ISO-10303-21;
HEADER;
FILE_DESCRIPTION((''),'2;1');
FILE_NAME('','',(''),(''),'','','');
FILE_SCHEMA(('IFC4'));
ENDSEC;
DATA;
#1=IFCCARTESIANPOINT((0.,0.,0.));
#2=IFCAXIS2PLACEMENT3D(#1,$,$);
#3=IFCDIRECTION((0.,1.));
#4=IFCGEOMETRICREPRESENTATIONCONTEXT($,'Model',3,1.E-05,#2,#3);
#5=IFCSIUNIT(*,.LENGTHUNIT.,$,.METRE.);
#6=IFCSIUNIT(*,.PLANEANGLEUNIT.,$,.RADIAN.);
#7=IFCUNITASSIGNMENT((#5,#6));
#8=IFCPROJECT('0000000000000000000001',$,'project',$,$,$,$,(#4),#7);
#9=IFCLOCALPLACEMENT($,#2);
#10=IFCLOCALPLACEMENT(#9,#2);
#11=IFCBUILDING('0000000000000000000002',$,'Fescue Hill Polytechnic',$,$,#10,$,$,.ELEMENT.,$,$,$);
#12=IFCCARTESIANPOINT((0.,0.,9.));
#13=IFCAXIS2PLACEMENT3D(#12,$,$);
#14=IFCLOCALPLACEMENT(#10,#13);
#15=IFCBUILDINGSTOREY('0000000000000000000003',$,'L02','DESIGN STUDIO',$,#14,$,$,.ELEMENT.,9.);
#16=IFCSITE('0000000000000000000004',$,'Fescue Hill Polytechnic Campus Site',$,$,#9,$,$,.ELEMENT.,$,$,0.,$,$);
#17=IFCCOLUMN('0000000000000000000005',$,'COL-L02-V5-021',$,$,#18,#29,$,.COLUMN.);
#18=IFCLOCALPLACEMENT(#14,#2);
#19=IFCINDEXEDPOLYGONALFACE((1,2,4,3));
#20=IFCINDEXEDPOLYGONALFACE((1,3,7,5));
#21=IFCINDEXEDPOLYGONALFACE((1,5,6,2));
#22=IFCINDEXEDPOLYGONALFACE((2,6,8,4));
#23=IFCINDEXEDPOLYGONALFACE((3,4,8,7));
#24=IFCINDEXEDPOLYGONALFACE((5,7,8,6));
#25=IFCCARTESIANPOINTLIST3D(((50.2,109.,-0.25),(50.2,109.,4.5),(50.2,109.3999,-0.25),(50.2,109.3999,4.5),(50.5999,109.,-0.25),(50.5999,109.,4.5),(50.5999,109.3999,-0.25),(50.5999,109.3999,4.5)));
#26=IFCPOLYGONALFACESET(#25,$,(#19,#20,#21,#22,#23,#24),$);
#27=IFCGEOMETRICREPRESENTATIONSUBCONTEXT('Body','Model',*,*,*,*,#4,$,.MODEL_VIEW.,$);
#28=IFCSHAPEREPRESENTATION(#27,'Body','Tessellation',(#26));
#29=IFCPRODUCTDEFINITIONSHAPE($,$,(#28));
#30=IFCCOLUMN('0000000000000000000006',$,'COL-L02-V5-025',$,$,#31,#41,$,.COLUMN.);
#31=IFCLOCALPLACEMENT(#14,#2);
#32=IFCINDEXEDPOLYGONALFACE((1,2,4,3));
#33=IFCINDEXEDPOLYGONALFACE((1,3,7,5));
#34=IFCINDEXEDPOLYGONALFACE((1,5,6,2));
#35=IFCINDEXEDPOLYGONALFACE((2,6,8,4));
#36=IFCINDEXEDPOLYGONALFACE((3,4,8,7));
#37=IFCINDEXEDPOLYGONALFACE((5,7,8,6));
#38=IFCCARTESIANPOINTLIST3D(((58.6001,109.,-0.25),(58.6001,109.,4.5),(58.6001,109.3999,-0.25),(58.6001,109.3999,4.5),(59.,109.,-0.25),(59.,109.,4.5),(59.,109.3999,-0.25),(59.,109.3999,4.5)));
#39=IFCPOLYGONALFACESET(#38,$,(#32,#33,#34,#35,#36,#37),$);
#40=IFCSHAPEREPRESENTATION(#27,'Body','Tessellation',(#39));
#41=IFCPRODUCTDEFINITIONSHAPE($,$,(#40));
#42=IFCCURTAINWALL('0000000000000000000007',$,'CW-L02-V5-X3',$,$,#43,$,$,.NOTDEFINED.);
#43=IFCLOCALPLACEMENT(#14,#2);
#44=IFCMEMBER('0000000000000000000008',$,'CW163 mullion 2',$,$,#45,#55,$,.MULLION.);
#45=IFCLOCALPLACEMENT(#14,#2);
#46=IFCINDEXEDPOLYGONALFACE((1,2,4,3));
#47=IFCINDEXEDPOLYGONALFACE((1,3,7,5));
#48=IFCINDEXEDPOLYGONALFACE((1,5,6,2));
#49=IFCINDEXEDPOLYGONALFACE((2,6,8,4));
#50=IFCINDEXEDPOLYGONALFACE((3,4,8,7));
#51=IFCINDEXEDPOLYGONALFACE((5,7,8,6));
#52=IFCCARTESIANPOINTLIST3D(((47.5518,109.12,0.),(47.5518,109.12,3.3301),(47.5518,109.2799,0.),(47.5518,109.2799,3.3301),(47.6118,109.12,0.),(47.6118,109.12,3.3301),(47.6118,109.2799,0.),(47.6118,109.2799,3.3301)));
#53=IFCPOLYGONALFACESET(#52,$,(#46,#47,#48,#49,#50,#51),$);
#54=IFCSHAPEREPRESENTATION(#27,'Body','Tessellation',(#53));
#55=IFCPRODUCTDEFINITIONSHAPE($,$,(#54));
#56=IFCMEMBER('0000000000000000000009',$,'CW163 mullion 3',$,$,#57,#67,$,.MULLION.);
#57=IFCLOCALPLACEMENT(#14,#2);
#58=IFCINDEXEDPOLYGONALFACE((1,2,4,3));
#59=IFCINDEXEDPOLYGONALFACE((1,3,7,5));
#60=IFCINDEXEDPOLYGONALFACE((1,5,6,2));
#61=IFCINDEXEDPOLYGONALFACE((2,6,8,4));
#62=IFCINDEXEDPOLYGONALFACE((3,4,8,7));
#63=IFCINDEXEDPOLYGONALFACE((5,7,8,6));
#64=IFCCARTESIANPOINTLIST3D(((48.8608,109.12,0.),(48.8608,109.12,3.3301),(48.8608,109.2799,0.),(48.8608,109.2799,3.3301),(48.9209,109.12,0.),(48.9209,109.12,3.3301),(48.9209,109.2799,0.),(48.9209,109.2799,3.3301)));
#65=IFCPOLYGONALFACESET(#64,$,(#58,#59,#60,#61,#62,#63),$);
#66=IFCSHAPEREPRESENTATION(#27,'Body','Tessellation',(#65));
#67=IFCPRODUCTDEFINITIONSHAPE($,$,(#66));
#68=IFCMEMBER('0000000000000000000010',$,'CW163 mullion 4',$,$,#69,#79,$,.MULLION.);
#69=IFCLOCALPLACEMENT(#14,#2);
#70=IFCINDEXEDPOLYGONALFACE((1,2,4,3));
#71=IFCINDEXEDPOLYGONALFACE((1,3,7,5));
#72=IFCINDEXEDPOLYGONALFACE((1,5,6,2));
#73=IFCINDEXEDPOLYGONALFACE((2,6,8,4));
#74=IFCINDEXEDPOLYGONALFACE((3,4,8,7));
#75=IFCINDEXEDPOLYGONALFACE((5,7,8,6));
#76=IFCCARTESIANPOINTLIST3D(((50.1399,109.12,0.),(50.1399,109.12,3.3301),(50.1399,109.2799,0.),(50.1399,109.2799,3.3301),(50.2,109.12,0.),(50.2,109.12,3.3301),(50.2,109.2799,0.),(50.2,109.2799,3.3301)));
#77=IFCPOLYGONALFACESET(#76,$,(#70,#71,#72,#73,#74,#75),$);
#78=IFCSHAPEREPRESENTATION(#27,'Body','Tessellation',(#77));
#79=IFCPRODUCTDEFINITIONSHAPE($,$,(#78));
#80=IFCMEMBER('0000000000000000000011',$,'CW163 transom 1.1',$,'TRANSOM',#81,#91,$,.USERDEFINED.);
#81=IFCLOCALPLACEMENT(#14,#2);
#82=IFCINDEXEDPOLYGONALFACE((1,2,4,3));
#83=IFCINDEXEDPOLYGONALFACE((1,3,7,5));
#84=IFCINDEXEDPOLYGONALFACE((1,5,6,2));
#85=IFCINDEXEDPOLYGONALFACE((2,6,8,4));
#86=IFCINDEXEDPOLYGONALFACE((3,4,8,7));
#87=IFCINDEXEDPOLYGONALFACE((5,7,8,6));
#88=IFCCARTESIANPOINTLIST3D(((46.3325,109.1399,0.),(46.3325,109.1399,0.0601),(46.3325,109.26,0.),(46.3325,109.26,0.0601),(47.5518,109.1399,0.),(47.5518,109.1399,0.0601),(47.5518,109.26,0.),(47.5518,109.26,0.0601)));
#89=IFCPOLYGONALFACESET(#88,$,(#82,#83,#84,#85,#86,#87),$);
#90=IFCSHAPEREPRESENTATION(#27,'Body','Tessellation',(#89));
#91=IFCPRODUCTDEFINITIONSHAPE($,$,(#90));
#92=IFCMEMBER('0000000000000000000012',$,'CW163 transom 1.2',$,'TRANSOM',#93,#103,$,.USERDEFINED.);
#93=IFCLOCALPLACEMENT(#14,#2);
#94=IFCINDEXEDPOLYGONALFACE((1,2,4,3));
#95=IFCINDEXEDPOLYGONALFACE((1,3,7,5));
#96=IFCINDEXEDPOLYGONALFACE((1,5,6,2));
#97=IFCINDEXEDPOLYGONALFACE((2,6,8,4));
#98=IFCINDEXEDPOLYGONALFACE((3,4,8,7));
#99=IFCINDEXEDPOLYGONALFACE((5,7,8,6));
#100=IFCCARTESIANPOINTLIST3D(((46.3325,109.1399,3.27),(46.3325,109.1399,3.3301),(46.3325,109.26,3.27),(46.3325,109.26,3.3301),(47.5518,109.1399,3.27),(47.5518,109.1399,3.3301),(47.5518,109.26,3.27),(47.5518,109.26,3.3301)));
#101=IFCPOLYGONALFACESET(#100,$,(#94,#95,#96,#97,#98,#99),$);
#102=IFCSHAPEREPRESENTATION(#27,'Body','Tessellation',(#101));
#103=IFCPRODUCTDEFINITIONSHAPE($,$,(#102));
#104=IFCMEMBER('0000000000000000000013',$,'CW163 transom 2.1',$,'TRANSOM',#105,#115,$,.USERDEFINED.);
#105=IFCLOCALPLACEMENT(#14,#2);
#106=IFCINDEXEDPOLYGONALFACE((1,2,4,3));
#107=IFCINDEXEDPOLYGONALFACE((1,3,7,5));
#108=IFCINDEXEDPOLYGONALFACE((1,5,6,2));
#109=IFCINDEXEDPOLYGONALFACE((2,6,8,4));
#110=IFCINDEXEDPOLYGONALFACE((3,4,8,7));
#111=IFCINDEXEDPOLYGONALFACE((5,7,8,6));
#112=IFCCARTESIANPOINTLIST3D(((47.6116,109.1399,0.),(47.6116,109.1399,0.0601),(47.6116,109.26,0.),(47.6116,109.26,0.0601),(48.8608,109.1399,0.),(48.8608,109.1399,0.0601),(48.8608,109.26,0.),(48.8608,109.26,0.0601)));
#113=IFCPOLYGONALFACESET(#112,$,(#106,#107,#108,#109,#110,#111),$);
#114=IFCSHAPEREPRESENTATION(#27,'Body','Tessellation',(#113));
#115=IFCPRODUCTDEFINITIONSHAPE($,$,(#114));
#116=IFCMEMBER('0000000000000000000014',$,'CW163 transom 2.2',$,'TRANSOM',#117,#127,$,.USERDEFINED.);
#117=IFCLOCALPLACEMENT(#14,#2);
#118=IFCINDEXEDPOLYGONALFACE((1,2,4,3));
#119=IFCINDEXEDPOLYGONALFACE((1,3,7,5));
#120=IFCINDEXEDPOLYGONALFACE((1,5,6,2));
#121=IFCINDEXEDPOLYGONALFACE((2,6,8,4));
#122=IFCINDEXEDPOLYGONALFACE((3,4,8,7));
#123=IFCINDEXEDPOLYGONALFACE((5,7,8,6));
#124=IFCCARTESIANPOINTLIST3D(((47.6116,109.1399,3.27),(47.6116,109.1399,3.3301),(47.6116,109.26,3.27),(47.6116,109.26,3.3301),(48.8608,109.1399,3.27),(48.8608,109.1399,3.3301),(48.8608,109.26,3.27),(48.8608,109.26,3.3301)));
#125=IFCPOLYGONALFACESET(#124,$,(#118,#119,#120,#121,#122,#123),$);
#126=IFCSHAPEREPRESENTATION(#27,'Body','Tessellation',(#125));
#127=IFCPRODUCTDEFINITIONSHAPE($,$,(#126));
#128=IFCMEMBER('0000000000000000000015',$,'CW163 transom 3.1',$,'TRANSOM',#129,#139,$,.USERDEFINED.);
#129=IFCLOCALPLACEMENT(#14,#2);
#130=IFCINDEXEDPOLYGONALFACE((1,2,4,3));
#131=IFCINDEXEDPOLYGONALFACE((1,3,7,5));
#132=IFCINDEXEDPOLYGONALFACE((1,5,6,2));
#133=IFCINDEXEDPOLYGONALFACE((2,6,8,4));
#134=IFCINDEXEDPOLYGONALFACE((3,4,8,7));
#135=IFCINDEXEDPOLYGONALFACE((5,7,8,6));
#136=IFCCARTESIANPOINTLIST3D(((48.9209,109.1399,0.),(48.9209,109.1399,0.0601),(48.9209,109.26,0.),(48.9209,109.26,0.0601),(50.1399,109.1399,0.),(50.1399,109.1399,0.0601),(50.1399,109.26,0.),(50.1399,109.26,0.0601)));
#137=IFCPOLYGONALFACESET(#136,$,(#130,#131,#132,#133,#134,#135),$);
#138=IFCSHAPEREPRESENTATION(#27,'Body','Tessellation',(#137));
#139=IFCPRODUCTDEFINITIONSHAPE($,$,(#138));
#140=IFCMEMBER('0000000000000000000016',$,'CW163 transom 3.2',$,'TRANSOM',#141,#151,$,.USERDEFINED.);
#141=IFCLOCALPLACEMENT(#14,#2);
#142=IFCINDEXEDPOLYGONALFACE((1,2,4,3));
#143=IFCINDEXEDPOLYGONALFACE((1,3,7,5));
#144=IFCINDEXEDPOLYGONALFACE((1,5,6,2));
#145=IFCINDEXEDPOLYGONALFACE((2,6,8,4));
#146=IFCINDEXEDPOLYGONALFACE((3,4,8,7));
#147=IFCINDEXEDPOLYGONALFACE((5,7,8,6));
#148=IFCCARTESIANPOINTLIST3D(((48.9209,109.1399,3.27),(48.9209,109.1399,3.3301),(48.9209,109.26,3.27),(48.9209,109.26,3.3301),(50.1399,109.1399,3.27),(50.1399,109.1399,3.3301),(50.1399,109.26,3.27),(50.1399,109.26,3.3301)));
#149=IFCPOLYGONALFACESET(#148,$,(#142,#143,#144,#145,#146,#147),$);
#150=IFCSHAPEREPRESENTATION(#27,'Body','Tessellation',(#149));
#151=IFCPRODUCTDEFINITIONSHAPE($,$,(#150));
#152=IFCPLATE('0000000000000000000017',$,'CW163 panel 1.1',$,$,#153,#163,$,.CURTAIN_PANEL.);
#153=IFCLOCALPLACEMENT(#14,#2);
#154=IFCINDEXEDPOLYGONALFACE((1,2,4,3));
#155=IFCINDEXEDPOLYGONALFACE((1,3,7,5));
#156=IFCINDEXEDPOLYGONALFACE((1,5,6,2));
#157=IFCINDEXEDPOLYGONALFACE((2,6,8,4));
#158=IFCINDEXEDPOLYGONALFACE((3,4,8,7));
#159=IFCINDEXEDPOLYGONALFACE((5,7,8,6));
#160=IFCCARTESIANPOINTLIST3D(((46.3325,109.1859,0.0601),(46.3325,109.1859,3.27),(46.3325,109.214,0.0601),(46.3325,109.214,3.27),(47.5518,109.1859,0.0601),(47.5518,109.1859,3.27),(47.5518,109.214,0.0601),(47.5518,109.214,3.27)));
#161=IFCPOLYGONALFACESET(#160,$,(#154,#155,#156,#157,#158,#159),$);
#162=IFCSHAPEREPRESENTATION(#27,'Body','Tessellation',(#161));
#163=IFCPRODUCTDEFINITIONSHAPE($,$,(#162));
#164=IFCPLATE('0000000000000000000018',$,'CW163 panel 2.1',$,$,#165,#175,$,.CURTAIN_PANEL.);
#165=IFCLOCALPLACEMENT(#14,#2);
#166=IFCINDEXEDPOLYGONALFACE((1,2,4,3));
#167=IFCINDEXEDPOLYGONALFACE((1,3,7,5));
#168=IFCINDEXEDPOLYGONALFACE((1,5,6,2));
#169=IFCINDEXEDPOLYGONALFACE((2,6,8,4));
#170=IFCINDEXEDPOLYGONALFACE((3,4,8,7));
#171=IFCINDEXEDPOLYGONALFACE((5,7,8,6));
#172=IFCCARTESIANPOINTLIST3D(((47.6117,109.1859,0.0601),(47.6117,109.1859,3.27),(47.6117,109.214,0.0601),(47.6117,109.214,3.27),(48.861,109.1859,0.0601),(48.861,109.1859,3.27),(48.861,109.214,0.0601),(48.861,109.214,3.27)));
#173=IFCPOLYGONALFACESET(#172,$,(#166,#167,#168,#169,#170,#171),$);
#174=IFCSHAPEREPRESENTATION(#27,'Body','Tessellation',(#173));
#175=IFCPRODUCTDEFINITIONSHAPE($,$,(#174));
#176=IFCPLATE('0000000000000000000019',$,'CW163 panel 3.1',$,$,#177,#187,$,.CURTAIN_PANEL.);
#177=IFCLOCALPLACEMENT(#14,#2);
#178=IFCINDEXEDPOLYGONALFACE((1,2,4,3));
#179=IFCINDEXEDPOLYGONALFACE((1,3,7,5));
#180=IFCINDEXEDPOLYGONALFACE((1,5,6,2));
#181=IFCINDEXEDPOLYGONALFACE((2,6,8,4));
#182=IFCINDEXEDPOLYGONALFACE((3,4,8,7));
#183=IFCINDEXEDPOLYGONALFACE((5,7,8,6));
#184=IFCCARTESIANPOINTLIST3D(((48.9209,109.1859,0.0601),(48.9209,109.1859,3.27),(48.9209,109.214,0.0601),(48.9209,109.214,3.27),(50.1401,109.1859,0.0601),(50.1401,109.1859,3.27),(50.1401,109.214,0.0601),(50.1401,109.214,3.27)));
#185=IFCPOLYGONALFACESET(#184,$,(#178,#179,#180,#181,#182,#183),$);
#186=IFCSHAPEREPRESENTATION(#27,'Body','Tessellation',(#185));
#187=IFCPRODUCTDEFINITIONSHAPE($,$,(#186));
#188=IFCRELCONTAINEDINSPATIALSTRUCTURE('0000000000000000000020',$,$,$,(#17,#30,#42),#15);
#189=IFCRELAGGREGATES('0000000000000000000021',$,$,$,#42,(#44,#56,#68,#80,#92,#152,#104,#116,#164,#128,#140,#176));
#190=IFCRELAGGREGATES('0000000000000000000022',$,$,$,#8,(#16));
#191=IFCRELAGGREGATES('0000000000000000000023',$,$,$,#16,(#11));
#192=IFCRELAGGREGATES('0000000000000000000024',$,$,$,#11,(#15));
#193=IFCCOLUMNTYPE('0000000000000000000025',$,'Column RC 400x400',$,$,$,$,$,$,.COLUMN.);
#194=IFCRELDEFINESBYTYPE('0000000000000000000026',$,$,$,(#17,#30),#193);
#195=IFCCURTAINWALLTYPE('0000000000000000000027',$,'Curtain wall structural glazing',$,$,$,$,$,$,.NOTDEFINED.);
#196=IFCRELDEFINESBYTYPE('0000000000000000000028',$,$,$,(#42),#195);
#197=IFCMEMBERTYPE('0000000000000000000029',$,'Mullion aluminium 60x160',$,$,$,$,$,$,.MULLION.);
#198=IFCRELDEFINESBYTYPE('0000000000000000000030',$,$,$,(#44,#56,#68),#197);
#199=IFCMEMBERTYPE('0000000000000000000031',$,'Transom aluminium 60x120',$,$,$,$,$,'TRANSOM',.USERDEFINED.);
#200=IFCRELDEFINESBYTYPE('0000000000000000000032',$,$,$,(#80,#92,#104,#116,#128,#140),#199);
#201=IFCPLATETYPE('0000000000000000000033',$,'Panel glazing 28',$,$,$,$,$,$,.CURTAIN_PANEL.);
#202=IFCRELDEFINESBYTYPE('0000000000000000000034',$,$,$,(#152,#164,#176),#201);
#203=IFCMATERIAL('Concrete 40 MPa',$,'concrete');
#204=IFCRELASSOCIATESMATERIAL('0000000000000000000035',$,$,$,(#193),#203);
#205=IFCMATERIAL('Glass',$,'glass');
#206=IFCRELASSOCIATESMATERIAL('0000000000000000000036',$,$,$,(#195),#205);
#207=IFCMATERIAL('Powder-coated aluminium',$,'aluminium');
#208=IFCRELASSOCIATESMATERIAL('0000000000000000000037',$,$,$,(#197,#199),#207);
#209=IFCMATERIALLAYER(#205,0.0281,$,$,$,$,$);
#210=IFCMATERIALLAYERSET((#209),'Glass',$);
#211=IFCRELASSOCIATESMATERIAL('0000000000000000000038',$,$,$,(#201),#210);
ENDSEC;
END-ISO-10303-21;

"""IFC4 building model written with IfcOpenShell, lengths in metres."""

from ifc_helpers import new_model, si_unit, direction, frame, origin, origin_2d, place, context, subcontext, project, spatial, rectangle, extrude, material, layer, layer_set, material_profile, profile_set, type_object, element, aggregate, save


model = new_model("IFC4")

# Units and contexts
model_context = context("Model", 3, precision=1e-05, world=origin(), true_north=direction((0.0, 1.0)))
body_context = subcontext(model_context, "Body", "Model", "MODEL_VIEW")
ifc_project = project(units=[si_unit("LENGTHUNIT", "METRE"), si_unit("PLANEANGLEUNIT", "RADIAN")], contexts=[model_context])

# Site, building, storey
site_placement = place(None, origin())
site = spatial("IfcSite", under=ifc_project, at=site_placement, Name="Fescue Hill Polytechnic Campus Site", CompositionType="ELEMENT", RefElevation=0.0)
building_placement = place(site_placement, origin())
building = spatial("IfcBuilding", under=site, at=building_placement, Name="Fescue Hill Polytechnic", CompositionType="ELEMENT")
storey_placement = place(building_placement, frame((0.0, 0.0, 9.0)))
storey = spatial("IfcBuildingStorey", under=building, at=storey_placement, Name="L02", Description="DESIGN STUDIO", CompositionType="ELEMENT", Elevation=9.0)

# Columns
ifc_material_1 = material(Name="Concrete 40 MPa", Category="concrete")
ifc_material_profile_1 = material_profile(ifc_material_1, rectangle(XDim=0.3999, YDim=0.3999, at=origin_2d()), Name="RC 400x400")
ifc_profile_set_1 = profile_set([ifc_material_profile_1], Name="Concrete 40 MPa")
column_type = type_object("IfcColumnType", Name="Column RC 400x400", PredefinedType="COLUMN", material=ifc_profile_set_1)
for number, where, z_axis, x_axis, name in (
    (1, (50.3999, 109.2, -0.25), (0.0, 0.0, 1.0), (1.0, 0.0, 0.0), "COL-L02-V5-021"),
    (2, (58.8, 109.2, -0.25), (0.0, 0.0, 1.0), (1.0, 0.0, 0.0), "COL-L02-V5-025"),
):
    element("IfcColumn", number, at=place(storey_placement, frame(where, z_axis=z_axis, x_axis=x_axis)), inside=storey, type_object=column_type, Name=name, PredefinedType="COLUMN", context=body_context, shape_type="SweptSolid", body=[
        extrude(rectangle(XDim=0.3999, YDim=0.3999, at=origin_2d()), origin(), (0.0, 0.0, 1.0), 4.75),
    ])

# Curtain wall, members, plates
ifc_material_2 = material(Name="Glass", Category="glass")
curtain_wall_type = type_object("IfcCurtainWallType", Name="Curtain wall structural glazing", PredefinedType="NOTDEFINED", material=ifc_material_2)
curtain_wall_placement = place(storey_placement, origin())
curtain_wall = element("IfcCurtainWall", 3, at=curtain_wall_placement, inside=storey, type_object=curtain_wall_type, Name="CW-L02-V5-X3", PredefinedType="NOTDEFINED")
ifc_material_3 = material(Name="Powder-coated aluminium", Category="aluminium")
ifc_material_profile_2 = material_profile(ifc_material_3, rectangle(XDim=0.1599, YDim=0.0601, at=origin_2d()), Name="Mullion aluminium 60x160")
ifc_profile_set_2 = profile_set([ifc_material_profile_2], Name="Powder-coated aluminium")
member_type_1 = type_object("IfcMemberType", Name="Mullion aluminium 60x160", PredefinedType="MULLION", material=ifc_profile_set_2)
member_1_placement = place(storey_placement, frame((47.5818, 109.2, 0.0), z_axis=(0.0, 0.0, 1.0), x_axis=(0.0, 1.0, 0.0)))
member_1 = element("IfcMember", 4, at=member_1_placement, type_object=member_type_1, Name="CW163 mullion 2", PredefinedType="MULLION", context=body_context, shape_type="SweptSolid", body=[
    extrude(rectangle(XDim=0.1599, YDim=0.0601, at=origin_2d()), origin(), (0.0, 0.0, 1.0), 3.3301),
])
member_2_placement = place(storey_placement, frame((48.8909, 109.2, 0.0), z_axis=(0.0, 0.0, 1.0), x_axis=(0.0, 1.0, 0.0)))
member_2 = element("IfcMember", 5, at=member_2_placement, type_object=member_type_1, Name="CW163 mullion 3", PredefinedType="MULLION", context=body_context, shape_type="SweptSolid", body=[
    extrude(rectangle(XDim=0.1599, YDim=0.0601, at=origin_2d()), origin(), (0.0, 0.0, 1.0), 3.3301),
])
member_3_placement = place(storey_placement, frame((50.1699, 109.2, 0.0), z_axis=(0.0, 0.0, 1.0), x_axis=(0.0, 1.0, 0.0)))
member_3 = element("IfcMember", 6, at=member_3_placement, type_object=member_type_1, Name="CW163 mullion 4", PredefinedType="MULLION", context=body_context, shape_type="SweptSolid", body=[
    extrude(rectangle(XDim=0.1599, YDim=0.0601, at=origin_2d()), origin(), (0.0, 0.0, 1.0), 3.3301),
])
ifc_material_profile_3 = material_profile(ifc_material_3, rectangle(XDim=0.1201, YDim=0.0601, at=origin_2d()), Name="Transom aluminium 60x120")
ifc_profile_set_3 = profile_set([ifc_material_profile_3], Name="Powder-coated aluminium")
member_type_2 = type_object("IfcMemberType", Name="Transom aluminium 60x120", ElementType="TRANSOM", PredefinedType="USERDEFINED", material=ifc_profile_set_3)
member_4_placement = place(storey_placement, frame((46.3325, 109.2, 0.03), z_axis=(1.0, 0.0, 0.0), x_axis=(0.0, 1.0, 0.0)))
member_4 = element("IfcMember", 7, at=member_4_placement, type_object=member_type_2, Name="CW163 transom 1.1", ObjectType="TRANSOM", PredefinedType="USERDEFINED", context=body_context, shape_type="SweptSolid", body=[
    extrude(rectangle(XDim=0.1201, YDim=0.0601, at=origin_2d()), origin(), (0.0, 0.0, 1.0), 1.2192),
])
member_5_placement = place(storey_placement, frame((46.3325, 109.2, 3.3), z_axis=(1.0, 0.0, 0.0), x_axis=(0.0, 1.0, 0.0)))
member_5 = element("IfcMember", 8, at=member_5_placement, type_object=member_type_2, Name="CW163 transom 1.2", ObjectType="TRANSOM", PredefinedType="USERDEFINED", context=body_context, shape_type="SweptSolid", body=[
    extrude(rectangle(XDim=0.1201, YDim=0.0601, at=origin_2d()), origin(), (0.0, 0.0, 1.0), 1.2192),
])
member_6_placement = place(storey_placement, frame((47.6116, 109.2, 0.03), z_axis=(1.0, 0.0, 0.0), x_axis=(0.0, 1.0, 0.0)))
member_6 = element("IfcMember", 9, at=member_6_placement, type_object=member_type_2, Name="CW163 transom 2.1", ObjectType="TRANSOM", PredefinedType="USERDEFINED", context=body_context, shape_type="SweptSolid", body=[
    extrude(rectangle(XDim=0.1201, YDim=0.0601, at=origin_2d()), origin(), (0.0, 0.0, 1.0), 1.2493),
])
member_7_placement = place(storey_placement, frame((47.6116, 109.2, 3.3), z_axis=(1.0, 0.0, 0.0), x_axis=(0.0, 1.0, 0.0)))
member_7 = element("IfcMember", 10, at=member_7_placement, type_object=member_type_2, Name="CW163 transom 2.2", ObjectType="TRANSOM", PredefinedType="USERDEFINED", context=body_context, shape_type="SweptSolid", body=[
    extrude(rectangle(XDim=0.1201, YDim=0.0601, at=origin_2d()), origin(), (0.0, 0.0, 1.0), 1.2493),
])
member_8_placement = place(storey_placement, frame((48.9209, 109.2, 0.03), z_axis=(1.0, 0.0, 0.0), x_axis=(0.0, 1.0, 0.0)))
member_8 = element("IfcMember", 11, at=member_8_placement, type_object=member_type_2, Name="CW163 transom 3.1", ObjectType="TRANSOM", PredefinedType="USERDEFINED", context=body_context, shape_type="SweptSolid", body=[
    extrude(rectangle(XDim=0.1201, YDim=0.0601, at=origin_2d()), origin(), (0.0, 0.0, 1.0), 1.219),
])
member_9_placement = place(storey_placement, frame((48.9209, 109.2, 3.3), z_axis=(1.0, 0.0, 0.0), x_axis=(0.0, 1.0, 0.0)))
member_9 = element("IfcMember", 12, at=member_9_placement, type_object=member_type_2, Name="CW163 transom 3.2", ObjectType="TRANSOM", PredefinedType="USERDEFINED", context=body_context, shape_type="SweptSolid", body=[
    extrude(rectangle(XDim=0.1201, YDim=0.0601, at=origin_2d()), origin(), (0.0, 0.0, 1.0), 1.219),
])
ifc_layer_1 = layer(ifc_material_2, 0.0281)
ifc_layer_set_1 = layer_set([ifc_layer_1], Name="Glass")
plate_type = type_object("IfcPlateType", Name="Panel glazing 28", PredefinedType="CURTAIN_PANEL", material=ifc_layer_set_1)
plate_1_placement = place(storey_placement, frame((46.9421, 109.2, 0.0601), z_axis=(0.0, 0.0, 1.0), x_axis=(1.0, 0.0, 0.0)))
plate_1 = element("IfcPlate", 13, at=plate_1_placement, type_object=plate_type, Name="CW163 panel 1.1", PredefinedType="CURTAIN_PANEL", context=body_context, shape_type="SweptSolid", body=[
    extrude(rectangle(XDim=1.2192, YDim=0.0281, at=origin_2d()), origin(), (0.0, 0.0, 1.0), 3.21),
])
plate_2_placement = place(storey_placement, frame((48.2363, 109.2, 0.0601), z_axis=(0.0, 0.0, 1.0), x_axis=(1.0, 0.0, 0.0)))
plate_2 = element("IfcPlate", 14, at=plate_2_placement, type_object=plate_type, Name="CW163 panel 2.1", PredefinedType="CURTAIN_PANEL", context=body_context, shape_type="SweptSolid", body=[
    extrude(rectangle(XDim=1.2493, YDim=0.0281, at=origin_2d()), origin(), (0.0, 0.0, 1.0), 3.21),
])
plate_3_placement = place(storey_placement, frame((49.5305, 109.2, 0.0601), z_axis=(0.0, 0.0, 1.0), x_axis=(1.0, 0.0, 0.0)))
plate_3 = element("IfcPlate", 15, at=plate_3_placement, type_object=plate_type, Name="CW163 panel 3.1", PredefinedType="CURTAIN_PANEL", context=body_context, shape_type="SweptSolid", body=[
    extrude(rectangle(XDim=1.2192, YDim=0.0281, at=origin_2d()), origin(), (0.0, 0.0, 1.0), 3.21),
])
aggregate(curtain_wall, [member_1, member_2, member_3, member_4, member_5, plate_1, member_6, member_7, plate_2, member_8, member_9, plate_3])

save(model, "model.ifc")
